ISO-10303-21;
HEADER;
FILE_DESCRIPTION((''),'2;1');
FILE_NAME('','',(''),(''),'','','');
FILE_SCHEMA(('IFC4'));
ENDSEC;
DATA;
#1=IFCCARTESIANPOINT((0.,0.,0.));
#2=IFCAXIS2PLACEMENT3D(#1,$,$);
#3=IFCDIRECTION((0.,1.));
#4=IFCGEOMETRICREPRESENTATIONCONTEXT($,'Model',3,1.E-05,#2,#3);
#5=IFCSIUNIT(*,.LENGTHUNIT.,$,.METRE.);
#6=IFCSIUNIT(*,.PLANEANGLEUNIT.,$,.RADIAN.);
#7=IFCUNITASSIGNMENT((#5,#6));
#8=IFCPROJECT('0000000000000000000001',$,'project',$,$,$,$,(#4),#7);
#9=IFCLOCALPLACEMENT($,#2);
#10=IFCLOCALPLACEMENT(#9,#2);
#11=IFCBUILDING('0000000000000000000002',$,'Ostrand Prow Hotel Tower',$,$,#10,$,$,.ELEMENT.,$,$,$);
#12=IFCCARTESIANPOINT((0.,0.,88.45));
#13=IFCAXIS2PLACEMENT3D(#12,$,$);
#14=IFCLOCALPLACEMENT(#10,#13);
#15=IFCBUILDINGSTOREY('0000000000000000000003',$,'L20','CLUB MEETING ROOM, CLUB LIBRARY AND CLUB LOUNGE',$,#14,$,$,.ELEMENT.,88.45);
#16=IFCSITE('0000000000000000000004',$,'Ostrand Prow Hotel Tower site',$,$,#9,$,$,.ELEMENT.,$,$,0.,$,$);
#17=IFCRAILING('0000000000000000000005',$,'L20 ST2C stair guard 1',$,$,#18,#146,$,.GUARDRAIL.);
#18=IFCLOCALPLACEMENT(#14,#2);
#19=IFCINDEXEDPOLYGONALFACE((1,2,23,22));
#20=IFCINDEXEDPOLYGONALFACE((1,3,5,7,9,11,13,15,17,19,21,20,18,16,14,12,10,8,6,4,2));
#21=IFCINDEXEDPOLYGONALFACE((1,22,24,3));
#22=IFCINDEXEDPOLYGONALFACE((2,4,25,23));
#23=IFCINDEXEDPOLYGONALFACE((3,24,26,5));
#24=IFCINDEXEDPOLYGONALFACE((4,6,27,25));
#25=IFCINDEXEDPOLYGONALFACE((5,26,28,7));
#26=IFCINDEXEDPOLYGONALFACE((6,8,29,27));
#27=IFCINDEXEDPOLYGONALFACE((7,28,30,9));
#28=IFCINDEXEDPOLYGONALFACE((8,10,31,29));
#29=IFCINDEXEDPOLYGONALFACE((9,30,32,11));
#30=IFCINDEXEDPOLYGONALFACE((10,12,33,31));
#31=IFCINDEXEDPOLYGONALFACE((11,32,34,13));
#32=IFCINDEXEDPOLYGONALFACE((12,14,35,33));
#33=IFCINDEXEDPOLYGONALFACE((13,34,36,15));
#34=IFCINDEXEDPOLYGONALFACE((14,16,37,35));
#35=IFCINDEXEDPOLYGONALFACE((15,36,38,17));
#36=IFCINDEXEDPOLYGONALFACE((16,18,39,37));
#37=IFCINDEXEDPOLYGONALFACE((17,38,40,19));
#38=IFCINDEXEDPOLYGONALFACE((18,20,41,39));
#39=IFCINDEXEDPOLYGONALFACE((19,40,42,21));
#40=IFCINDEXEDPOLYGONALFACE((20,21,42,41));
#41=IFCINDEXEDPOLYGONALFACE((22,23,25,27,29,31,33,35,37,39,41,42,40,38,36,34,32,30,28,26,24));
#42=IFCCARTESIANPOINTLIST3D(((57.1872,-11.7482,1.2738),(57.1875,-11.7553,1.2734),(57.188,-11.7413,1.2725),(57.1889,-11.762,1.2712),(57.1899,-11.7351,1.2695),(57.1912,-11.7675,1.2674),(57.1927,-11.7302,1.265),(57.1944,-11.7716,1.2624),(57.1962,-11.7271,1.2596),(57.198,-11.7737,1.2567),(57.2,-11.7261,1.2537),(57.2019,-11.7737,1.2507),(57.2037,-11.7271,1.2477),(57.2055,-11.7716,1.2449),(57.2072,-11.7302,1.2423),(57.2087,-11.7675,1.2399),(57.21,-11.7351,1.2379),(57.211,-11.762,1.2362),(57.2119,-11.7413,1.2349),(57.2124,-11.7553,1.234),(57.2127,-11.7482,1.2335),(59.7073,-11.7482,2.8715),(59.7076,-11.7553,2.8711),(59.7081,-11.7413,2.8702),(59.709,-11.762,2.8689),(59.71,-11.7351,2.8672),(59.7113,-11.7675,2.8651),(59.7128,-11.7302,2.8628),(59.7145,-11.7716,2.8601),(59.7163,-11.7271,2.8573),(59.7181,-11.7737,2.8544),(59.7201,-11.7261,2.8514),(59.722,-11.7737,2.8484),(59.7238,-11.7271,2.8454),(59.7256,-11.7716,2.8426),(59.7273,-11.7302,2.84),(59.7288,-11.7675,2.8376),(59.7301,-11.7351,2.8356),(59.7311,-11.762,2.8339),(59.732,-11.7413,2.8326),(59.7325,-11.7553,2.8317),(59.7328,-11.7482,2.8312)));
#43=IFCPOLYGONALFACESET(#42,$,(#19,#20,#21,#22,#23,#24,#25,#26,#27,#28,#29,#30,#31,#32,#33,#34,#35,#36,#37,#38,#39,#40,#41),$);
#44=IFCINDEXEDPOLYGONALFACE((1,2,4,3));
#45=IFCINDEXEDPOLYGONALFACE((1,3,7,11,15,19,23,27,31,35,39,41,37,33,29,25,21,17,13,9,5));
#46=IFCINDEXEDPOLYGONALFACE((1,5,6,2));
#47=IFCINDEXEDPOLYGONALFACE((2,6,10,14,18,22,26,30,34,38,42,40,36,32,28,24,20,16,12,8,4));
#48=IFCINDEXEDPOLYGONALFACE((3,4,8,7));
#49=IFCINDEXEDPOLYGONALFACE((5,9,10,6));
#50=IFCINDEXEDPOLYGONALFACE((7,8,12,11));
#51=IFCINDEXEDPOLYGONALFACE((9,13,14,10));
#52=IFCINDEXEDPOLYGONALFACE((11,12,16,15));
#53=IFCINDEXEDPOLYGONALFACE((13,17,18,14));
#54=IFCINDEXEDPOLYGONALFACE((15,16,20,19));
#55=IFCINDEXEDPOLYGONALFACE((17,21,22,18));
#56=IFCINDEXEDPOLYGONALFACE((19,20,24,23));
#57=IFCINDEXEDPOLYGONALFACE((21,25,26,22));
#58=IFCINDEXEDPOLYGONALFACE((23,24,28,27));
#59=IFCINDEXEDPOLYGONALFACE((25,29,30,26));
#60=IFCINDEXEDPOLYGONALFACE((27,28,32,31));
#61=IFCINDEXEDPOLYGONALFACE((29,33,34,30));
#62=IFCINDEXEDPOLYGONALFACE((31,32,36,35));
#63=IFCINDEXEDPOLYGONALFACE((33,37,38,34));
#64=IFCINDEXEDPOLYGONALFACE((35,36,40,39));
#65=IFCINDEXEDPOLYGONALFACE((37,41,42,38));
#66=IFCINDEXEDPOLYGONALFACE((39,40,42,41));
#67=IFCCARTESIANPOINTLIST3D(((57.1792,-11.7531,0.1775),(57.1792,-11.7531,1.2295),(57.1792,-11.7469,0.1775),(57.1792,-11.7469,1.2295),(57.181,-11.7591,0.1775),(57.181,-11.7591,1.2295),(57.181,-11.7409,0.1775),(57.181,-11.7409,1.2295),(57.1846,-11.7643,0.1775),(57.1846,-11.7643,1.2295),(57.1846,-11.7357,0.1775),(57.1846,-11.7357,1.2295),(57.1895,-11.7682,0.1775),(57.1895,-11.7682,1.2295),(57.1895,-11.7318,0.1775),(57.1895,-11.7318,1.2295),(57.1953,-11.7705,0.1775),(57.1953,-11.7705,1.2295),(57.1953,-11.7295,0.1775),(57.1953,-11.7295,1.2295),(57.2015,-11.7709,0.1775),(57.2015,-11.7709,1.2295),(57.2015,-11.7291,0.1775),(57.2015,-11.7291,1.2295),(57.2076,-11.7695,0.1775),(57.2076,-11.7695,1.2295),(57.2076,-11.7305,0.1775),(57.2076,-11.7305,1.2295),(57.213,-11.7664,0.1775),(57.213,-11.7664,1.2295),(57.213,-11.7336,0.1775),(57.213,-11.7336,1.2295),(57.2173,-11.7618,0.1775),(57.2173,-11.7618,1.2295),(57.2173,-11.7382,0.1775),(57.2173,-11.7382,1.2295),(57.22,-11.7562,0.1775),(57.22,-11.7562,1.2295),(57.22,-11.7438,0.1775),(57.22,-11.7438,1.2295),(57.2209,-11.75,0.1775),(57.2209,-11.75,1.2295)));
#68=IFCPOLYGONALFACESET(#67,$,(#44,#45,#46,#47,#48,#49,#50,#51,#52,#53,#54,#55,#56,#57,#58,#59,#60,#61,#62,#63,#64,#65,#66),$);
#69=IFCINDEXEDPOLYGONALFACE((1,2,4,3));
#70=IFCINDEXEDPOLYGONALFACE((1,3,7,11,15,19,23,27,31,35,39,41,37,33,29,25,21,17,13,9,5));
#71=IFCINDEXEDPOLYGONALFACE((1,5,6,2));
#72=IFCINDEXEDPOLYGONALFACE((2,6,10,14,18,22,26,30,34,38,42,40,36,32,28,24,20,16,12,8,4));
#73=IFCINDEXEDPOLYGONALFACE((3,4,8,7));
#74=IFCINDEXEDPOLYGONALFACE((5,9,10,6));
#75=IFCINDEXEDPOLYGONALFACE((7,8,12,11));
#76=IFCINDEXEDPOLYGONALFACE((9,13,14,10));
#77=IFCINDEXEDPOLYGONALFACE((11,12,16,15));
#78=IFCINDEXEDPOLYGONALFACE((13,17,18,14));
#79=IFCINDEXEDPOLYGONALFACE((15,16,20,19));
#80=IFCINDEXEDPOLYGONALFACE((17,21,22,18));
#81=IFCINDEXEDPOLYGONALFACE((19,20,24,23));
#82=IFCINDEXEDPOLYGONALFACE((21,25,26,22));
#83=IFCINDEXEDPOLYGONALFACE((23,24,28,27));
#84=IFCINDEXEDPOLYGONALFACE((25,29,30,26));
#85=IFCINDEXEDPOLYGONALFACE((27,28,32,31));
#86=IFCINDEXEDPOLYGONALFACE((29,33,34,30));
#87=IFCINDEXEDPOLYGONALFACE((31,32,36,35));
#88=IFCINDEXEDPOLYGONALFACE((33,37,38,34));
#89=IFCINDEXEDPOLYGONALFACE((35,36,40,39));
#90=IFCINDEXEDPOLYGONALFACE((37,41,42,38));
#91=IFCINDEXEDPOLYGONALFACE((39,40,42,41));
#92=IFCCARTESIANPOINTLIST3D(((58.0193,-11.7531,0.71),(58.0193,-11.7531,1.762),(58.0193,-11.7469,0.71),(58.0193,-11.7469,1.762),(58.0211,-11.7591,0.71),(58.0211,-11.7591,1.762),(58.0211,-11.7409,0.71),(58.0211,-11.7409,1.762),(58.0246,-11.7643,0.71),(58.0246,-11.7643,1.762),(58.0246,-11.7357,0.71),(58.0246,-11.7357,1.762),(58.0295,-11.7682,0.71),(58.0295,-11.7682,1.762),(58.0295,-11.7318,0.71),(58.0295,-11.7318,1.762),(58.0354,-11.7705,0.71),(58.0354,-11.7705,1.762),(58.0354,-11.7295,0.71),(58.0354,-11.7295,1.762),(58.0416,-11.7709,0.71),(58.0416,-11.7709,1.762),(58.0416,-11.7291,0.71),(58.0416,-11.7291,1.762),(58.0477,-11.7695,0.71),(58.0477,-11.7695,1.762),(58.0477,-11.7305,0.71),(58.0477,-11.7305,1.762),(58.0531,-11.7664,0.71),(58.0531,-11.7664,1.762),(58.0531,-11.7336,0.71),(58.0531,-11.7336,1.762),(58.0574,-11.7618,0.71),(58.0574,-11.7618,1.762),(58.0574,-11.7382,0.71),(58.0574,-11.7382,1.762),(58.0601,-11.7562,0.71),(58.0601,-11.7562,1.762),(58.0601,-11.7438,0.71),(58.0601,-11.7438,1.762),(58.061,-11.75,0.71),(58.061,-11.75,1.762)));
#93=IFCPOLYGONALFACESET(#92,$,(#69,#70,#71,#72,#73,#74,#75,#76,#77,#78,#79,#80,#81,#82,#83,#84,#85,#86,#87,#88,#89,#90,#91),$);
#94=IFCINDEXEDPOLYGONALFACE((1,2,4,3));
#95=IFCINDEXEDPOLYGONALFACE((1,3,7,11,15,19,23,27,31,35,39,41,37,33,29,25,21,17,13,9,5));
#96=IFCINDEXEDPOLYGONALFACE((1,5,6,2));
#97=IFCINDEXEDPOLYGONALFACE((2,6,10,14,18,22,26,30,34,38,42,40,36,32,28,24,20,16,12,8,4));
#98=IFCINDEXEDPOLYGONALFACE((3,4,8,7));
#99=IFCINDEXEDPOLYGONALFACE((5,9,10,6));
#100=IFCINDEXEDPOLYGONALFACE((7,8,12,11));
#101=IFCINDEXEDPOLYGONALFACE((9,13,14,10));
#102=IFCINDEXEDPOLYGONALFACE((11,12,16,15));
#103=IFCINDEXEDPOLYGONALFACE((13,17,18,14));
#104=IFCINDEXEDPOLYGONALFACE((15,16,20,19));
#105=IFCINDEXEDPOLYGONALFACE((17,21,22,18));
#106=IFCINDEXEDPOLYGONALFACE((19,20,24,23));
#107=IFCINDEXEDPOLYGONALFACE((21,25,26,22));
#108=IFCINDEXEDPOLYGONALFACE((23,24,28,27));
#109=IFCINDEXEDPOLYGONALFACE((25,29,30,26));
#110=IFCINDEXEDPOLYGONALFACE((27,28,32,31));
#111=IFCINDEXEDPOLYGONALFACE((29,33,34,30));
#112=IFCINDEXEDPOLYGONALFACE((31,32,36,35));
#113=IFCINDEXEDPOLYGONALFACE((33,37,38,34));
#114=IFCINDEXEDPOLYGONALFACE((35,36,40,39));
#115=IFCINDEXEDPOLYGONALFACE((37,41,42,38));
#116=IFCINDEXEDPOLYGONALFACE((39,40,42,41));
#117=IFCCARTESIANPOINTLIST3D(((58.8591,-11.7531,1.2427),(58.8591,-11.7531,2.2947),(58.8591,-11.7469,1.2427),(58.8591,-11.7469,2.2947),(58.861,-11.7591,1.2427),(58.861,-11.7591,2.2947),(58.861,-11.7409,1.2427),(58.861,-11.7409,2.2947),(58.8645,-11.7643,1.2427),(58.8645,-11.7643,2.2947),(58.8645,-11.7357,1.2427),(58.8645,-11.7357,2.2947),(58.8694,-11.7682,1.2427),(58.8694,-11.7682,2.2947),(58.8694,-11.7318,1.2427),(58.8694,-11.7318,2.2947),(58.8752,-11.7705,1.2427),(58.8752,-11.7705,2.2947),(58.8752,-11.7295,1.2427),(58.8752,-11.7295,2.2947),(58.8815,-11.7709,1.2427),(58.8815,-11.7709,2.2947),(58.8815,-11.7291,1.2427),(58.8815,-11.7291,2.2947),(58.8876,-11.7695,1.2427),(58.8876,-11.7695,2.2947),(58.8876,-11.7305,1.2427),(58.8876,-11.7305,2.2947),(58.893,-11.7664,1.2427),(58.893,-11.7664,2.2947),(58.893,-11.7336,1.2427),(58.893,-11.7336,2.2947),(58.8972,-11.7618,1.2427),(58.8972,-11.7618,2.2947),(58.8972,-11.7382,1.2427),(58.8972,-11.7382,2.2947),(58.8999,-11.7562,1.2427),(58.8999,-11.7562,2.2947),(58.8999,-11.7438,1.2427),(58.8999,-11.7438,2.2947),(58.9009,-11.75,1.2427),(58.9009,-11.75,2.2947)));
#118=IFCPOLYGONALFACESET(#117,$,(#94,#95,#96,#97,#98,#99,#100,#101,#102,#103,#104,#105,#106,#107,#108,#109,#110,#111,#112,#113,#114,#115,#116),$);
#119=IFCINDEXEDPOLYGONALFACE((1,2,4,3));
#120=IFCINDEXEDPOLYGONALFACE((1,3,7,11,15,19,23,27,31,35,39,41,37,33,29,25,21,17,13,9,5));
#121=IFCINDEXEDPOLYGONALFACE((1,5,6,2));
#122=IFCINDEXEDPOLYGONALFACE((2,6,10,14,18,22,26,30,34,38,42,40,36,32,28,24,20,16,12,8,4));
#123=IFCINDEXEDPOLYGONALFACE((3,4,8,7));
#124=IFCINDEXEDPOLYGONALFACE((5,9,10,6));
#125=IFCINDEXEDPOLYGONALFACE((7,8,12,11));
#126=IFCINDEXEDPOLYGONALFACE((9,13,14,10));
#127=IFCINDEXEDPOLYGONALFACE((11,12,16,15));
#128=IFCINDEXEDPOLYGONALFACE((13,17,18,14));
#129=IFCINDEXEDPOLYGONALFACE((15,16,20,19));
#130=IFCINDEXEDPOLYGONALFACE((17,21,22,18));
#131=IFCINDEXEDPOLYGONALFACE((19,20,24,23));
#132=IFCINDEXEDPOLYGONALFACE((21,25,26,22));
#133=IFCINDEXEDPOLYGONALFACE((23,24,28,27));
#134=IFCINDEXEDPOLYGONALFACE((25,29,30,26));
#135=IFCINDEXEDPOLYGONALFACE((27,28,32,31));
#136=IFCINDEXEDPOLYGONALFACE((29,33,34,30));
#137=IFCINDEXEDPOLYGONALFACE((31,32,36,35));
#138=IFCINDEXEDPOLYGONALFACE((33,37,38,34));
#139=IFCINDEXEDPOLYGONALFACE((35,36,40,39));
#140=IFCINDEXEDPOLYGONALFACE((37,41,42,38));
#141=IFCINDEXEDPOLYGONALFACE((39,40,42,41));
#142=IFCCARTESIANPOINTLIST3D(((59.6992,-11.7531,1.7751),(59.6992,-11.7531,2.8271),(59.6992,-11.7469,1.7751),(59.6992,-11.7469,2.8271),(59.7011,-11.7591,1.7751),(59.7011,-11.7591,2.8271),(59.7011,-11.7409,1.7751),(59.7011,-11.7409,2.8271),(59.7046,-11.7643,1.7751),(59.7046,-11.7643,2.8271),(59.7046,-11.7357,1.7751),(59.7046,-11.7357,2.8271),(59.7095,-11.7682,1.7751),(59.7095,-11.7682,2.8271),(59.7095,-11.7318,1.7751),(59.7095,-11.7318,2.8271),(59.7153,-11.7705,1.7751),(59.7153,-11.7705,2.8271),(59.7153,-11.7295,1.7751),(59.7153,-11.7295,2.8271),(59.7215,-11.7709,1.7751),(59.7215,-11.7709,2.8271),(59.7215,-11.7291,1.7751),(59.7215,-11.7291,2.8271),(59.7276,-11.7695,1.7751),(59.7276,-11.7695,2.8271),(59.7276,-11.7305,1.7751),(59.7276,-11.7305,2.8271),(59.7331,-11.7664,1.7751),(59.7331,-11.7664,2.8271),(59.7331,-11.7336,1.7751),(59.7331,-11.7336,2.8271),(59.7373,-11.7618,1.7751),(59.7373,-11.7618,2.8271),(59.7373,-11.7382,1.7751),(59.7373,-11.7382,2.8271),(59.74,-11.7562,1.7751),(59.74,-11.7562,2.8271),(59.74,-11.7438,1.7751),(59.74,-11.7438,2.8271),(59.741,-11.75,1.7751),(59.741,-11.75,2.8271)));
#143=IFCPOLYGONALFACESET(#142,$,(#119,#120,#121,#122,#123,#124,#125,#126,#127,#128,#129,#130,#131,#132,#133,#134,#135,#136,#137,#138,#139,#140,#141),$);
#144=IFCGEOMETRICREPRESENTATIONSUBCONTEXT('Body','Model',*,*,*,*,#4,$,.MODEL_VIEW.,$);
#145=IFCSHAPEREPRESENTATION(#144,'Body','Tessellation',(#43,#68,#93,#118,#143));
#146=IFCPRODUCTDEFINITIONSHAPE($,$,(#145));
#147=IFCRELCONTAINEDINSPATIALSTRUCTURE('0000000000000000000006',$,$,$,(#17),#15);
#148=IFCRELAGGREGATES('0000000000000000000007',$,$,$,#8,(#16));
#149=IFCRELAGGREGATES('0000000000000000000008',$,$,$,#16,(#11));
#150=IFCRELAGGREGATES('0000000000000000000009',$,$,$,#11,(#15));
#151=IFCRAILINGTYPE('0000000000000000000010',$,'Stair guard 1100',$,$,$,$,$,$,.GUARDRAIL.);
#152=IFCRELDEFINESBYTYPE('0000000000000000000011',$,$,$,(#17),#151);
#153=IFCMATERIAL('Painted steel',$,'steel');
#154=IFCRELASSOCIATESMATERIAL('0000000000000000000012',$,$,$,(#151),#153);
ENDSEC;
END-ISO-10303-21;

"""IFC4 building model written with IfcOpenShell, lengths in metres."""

from ifc_helpers import new_model, si_unit, direction, frame, origin, origin_2d, place, context, subcontext, project, spatial, circle, extrude, material, type_object, element, save


model = new_model("IFC4")

# Units and contexts
model_context = context("Model", 3, precision=1e-05, world=origin(), true_north=direction((0.0, 1.0)))
body_context = subcontext(model_context, "Body", "Model", "MODEL_VIEW")
ifc_project = project(units=[si_unit("LENGTHUNIT", "METRE"), si_unit("PLANEANGLEUNIT", "RADIAN")], contexts=[model_context])

# Site, building, storey
site_placement = place(None, origin())
site = spatial("IfcSite", under=ifc_project, at=site_placement, Name="Ostrand Prow Hotel Tower site", CompositionType="ELEMENT", RefElevation=0.0)
building_placement = place(site_placement, origin())
building = spatial("IfcBuilding", under=site, at=building_placement, Name="Ostrand Prow Hotel Tower", CompositionType="ELEMENT")
storey_placement = place(building_placement, frame((0.0, 0.0, 88.45)))
storey = spatial("IfcBuildingStorey", under=building, at=storey_placement, Name="L20", Description="CLUB MEETING ROOM, CLUB LIBRARY AND CLUB LOUNGE", CompositionType="ELEMENT", Elevation=88.45)

# Railing
ifc_material_1 = material(Name="Painted steel", Category="steel")
railing_type_1 = type_object("IfcRailingType", Name="Stair guard 1100", PredefinedType="GUARDRAIL", material=ifc_material_1)
railing_1_placement = place(storey_placement, frame((57.2, -11.75, 0.1775)))
element("IfcRailing", 1, at=railing_1_placement, inside=storey, type_object=railing_type_1, Name="L20 ST2C stair guard 1", PredefinedType="GUARDRAIL", context=body_context, shape_type="SweptSolid", body=[
    extrude(circle(Radius=0.0239, at=origin_2d()), frame((0.0, 0.0, 1.0762), z_axis=(0.84457, 0.0, 0.535445), x_axis=(0.0, 1.0, 0.0)), (0.0, 0.0, 1.0), 2.9839),
    extrude(circle(Radius=0.021, at=origin_2d()), origin(), (0.0, 0.0, 1.0), 1.052),
    extrude(circle(Radius=0.021, at=origin_2d()), frame((0.8401, 0.0, 0.5325)), (0.0, 0.0, 1.0), 1.052),
    extrude(circle(Radius=0.021, at=origin_2d()), frame((1.6799, 0.0, 1.0652)), (0.0, 0.0, 1.0), 1.052),
    extrude(circle(Radius=0.021, at=origin_2d()), frame((2.52, 0.0, 1.5977)), (0.0, 0.0, 1.0), 1.052),
])

save(model, "model.ifc")
